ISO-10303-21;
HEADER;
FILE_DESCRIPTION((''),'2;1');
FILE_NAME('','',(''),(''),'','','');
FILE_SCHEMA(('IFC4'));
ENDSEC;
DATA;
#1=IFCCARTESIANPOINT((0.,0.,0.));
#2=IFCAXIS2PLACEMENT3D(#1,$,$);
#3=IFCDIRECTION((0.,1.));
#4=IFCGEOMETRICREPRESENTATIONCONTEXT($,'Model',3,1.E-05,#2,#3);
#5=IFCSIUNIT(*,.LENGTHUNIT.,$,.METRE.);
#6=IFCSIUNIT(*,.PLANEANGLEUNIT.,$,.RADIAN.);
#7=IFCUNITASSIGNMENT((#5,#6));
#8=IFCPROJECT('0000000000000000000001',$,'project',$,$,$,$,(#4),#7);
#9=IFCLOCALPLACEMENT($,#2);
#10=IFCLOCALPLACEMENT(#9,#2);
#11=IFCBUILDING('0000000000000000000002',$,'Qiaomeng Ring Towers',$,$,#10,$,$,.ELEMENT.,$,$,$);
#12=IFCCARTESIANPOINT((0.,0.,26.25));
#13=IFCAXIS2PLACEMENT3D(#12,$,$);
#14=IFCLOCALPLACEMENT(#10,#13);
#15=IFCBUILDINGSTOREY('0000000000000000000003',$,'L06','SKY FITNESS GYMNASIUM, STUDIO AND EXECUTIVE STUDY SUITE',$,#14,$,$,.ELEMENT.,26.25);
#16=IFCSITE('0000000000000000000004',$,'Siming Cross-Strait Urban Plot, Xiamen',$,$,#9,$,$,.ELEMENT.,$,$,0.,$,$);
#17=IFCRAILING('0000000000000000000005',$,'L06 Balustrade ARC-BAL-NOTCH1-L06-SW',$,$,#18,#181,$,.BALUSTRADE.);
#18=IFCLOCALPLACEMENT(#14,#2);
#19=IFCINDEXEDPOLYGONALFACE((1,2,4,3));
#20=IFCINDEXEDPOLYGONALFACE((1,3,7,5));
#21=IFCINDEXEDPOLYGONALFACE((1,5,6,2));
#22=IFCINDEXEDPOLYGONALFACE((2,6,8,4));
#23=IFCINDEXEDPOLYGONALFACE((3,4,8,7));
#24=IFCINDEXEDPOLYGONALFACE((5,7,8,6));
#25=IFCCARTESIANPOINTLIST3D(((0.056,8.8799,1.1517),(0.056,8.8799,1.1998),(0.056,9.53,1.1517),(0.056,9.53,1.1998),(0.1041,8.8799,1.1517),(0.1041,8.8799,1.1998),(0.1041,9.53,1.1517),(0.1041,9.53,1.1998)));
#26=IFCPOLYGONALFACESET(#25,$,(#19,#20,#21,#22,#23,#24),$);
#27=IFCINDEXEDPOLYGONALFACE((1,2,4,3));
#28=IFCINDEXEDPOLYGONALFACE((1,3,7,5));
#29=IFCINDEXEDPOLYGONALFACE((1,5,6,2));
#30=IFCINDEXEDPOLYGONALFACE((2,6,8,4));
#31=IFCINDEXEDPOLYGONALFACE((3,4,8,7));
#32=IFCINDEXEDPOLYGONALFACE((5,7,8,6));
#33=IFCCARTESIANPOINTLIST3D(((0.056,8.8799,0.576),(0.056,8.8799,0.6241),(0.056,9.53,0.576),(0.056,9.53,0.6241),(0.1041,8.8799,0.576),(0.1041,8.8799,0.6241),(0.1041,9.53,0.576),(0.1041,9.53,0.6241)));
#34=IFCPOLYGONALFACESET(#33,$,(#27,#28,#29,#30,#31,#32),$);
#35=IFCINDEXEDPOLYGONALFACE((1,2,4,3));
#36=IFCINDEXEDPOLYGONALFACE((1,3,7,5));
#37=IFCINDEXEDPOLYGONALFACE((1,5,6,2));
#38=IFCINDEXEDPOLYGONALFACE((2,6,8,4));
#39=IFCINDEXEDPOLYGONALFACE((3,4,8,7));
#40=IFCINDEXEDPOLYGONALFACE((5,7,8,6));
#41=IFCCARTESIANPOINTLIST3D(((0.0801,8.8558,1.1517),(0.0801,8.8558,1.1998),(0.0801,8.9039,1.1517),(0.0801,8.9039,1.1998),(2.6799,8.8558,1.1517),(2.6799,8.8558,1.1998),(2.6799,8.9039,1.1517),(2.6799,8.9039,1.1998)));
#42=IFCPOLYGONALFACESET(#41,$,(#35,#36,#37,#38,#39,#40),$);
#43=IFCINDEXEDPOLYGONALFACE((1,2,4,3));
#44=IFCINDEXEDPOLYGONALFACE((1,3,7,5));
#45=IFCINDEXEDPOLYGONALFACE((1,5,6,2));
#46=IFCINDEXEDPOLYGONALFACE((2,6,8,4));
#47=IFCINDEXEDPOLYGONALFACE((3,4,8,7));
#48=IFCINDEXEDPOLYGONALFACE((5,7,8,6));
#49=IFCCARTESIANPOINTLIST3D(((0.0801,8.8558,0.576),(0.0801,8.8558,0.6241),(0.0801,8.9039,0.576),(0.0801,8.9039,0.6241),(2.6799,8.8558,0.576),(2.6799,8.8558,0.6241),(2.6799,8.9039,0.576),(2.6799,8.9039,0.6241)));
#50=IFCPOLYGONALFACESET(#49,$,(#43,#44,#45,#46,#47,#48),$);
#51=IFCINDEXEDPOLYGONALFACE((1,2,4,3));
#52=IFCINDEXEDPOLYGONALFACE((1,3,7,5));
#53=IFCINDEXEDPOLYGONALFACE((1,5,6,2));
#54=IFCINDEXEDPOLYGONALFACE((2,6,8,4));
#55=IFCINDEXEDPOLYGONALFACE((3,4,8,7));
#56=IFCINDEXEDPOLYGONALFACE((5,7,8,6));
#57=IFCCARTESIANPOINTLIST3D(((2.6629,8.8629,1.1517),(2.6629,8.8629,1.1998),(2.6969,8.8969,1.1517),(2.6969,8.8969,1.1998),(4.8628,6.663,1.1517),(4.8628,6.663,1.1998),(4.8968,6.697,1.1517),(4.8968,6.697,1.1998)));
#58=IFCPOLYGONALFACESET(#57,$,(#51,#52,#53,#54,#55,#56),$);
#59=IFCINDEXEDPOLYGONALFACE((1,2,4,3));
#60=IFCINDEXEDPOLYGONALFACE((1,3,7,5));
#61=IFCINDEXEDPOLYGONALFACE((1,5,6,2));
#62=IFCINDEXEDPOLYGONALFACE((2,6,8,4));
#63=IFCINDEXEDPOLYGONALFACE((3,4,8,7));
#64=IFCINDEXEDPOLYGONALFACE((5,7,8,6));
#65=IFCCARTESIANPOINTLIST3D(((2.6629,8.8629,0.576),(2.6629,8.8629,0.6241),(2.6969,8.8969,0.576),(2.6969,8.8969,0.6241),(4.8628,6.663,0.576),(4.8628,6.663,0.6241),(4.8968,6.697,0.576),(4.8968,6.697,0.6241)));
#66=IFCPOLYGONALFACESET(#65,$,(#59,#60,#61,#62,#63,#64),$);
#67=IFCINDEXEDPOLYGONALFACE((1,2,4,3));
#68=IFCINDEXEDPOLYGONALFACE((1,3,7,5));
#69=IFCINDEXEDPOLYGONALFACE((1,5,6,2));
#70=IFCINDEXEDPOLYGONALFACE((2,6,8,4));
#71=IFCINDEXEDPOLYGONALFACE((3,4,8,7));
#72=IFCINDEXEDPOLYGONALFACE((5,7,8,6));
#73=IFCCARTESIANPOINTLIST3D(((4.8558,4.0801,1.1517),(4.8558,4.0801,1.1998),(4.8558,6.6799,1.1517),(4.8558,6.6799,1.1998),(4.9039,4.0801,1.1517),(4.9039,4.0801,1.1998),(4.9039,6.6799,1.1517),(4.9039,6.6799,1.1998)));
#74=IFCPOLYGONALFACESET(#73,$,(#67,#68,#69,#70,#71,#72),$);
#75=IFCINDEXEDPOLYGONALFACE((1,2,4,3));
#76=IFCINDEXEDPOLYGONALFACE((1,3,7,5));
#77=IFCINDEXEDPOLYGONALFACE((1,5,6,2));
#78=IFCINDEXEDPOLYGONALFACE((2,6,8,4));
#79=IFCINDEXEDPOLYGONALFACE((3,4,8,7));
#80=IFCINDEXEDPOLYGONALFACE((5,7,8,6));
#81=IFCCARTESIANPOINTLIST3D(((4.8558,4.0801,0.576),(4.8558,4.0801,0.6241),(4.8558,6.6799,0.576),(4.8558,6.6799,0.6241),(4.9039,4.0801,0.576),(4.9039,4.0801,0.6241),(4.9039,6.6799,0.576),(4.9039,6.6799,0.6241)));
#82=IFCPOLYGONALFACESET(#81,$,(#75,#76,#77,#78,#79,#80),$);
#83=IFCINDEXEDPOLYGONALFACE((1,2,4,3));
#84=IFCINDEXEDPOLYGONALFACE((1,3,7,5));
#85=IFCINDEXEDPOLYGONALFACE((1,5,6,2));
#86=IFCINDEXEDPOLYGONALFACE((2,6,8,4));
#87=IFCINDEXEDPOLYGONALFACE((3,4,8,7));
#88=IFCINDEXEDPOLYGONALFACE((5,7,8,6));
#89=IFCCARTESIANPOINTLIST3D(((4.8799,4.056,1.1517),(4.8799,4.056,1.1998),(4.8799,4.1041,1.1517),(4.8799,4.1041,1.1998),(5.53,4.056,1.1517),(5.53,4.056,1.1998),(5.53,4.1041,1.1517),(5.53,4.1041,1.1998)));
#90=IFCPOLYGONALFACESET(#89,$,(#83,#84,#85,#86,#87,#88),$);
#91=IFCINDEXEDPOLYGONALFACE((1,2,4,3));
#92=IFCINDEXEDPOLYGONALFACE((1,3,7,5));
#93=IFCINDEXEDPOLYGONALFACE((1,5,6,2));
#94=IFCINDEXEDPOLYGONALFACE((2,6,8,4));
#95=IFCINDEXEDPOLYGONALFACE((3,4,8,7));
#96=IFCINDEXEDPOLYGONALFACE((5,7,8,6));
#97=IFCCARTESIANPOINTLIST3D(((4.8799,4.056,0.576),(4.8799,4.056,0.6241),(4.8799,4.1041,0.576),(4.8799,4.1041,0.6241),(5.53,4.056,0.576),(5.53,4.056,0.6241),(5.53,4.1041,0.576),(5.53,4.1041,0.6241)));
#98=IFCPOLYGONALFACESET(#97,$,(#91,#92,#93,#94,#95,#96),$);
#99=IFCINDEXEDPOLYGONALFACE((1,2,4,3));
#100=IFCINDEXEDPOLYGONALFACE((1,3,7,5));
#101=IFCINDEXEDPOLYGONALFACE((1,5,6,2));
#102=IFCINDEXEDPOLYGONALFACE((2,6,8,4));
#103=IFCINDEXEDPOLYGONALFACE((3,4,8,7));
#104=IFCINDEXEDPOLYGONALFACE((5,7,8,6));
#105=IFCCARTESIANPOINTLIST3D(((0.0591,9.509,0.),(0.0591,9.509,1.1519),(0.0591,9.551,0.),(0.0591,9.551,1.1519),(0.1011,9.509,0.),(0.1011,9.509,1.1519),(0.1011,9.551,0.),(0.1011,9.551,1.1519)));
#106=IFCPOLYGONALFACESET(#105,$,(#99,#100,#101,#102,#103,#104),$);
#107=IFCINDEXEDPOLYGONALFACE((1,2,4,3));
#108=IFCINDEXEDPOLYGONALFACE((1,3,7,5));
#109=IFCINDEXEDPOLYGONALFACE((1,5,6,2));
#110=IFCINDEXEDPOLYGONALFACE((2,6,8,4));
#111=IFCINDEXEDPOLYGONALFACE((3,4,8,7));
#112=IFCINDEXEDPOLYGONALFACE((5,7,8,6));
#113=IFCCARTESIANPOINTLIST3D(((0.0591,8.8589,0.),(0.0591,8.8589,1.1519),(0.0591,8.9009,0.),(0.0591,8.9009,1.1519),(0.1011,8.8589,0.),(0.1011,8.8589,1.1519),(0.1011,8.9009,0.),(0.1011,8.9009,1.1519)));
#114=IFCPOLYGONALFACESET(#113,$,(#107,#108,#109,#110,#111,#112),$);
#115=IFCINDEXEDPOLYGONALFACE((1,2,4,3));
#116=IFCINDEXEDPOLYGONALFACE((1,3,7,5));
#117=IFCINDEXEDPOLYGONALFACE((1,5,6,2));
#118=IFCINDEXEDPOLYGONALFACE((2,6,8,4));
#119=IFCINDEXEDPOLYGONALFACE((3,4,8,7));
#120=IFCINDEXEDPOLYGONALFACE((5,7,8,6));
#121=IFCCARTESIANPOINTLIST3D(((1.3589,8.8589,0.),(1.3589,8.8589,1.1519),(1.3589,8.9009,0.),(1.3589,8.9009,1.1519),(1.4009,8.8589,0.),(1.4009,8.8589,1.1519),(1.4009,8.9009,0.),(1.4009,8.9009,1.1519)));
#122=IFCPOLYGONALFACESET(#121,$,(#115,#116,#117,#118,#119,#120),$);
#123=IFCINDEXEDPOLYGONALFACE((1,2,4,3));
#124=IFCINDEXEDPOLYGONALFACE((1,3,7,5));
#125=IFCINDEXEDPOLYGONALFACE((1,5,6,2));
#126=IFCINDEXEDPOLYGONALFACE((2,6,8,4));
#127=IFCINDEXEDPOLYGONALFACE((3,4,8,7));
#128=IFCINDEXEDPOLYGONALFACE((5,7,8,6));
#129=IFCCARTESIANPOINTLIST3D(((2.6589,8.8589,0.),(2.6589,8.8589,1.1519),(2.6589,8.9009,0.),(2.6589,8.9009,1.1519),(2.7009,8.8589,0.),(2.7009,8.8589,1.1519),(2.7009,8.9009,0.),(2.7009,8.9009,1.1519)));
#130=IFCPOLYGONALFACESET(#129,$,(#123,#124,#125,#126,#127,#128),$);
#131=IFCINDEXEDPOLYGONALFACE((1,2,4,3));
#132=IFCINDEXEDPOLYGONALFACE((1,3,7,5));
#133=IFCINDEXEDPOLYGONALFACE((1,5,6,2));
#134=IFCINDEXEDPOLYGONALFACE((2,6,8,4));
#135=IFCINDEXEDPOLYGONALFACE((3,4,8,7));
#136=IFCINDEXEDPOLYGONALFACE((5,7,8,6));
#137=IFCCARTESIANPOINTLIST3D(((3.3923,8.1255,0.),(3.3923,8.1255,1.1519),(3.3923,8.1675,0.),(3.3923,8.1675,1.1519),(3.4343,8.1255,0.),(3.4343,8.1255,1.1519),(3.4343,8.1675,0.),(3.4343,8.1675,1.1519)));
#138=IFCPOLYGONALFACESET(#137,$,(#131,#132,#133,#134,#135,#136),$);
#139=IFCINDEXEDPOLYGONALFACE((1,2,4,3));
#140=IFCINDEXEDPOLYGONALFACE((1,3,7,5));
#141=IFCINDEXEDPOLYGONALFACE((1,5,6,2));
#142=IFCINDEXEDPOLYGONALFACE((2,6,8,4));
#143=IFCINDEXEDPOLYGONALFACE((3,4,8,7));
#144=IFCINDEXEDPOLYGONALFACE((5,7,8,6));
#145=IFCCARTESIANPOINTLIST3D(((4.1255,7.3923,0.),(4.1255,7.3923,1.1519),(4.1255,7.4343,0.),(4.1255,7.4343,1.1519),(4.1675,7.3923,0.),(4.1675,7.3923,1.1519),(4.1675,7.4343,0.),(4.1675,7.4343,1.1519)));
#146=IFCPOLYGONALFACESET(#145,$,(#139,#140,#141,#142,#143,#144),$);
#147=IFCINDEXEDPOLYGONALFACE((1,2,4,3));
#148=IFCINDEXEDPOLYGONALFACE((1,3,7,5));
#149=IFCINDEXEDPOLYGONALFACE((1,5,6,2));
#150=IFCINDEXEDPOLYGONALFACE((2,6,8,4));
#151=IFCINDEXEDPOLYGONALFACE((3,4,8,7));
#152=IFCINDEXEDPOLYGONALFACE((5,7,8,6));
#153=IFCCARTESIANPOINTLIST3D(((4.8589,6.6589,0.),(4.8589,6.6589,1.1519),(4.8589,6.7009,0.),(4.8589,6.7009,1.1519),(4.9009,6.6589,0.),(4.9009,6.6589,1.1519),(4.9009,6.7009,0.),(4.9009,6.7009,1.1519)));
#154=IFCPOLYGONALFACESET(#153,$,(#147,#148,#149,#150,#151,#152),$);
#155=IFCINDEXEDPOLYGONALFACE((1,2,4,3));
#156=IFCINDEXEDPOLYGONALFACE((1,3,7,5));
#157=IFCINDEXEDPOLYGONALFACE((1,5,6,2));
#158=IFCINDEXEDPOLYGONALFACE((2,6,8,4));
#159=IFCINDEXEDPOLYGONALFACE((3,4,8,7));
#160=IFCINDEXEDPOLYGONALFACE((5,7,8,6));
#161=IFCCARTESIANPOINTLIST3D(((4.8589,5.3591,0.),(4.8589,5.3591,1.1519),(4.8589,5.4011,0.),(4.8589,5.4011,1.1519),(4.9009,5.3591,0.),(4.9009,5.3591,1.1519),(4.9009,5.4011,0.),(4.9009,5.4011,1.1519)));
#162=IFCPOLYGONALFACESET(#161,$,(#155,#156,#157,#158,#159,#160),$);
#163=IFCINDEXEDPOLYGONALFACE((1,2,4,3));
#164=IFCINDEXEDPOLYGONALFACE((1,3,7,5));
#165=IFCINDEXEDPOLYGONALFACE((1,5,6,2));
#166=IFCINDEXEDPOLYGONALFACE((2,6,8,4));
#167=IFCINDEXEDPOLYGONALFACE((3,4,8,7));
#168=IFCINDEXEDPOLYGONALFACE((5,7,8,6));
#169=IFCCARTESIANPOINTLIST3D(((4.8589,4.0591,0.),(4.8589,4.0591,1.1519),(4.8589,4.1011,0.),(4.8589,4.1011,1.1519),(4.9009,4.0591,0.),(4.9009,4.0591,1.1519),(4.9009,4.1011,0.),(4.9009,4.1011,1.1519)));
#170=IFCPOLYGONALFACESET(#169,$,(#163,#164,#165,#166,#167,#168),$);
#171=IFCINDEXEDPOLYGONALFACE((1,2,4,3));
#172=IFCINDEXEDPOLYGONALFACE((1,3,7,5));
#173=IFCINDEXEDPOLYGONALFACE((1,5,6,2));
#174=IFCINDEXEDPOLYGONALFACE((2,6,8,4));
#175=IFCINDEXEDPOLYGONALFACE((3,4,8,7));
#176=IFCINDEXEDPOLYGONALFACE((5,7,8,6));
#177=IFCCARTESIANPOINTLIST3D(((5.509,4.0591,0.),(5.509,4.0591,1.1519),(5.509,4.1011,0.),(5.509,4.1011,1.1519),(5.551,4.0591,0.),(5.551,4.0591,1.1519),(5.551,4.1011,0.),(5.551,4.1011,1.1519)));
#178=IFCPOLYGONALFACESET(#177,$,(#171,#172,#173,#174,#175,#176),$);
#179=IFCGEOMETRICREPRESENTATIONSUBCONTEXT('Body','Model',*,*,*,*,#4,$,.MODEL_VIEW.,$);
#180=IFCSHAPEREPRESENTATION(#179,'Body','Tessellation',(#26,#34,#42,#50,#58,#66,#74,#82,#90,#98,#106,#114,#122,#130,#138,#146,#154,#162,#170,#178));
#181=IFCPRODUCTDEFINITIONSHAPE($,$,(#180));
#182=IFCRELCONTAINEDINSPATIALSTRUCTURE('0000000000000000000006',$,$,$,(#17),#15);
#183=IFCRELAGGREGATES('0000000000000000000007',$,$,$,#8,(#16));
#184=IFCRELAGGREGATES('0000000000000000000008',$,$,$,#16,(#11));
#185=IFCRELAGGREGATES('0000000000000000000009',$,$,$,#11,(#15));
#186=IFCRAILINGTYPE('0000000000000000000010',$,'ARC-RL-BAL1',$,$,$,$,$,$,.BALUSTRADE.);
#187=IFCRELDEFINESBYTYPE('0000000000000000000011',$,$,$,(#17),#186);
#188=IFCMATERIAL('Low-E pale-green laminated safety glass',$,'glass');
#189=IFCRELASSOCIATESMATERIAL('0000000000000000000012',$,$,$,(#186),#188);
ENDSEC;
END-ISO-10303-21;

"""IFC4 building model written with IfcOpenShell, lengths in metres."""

from ifc_helpers import new_model, si_unit, direction, frame, origin, origin_2d, place, context, subcontext, project, spatial, rectangle, extrude, material, type_object, element, save


model = new_model("IFC4")

# Units and contexts
model_context = context("Model", 3, precision=1e-05, world=origin(), true_north=direction((0.0, 1.0)))
body_context = subcontext(model_context, "Body", "Model", "MODEL_VIEW")
ifc_project = project(units=[si_unit("LENGTHUNIT", "METRE"), si_unit("PLANEANGLEUNIT", "RADIAN")], contexts=[model_context])

# Site, building, storey
site_placement = place(None, origin())
site = spatial("IfcSite", under=ifc_project, at=site_placement, Name="Siming Cross-Strait Urban Plot, Xiamen", CompositionType="ELEMENT", RefElevation=0.0)
building_placement = place(site_placement, origin())
building = spatial("IfcBuilding", under=site, at=building_placement, Name="Qiaomeng Ring Towers", CompositionType="ELEMENT")
storey_placement = place(building_placement, frame((0.0, 0.0, 26.25)))
storey = spatial("IfcBuildingStorey", under=building, at=storey_placement, Name="L06", Description="SKY FITNESS GYMNASIUM, STUDIO AND EXECUTIVE STUDY SUITE", CompositionType="ELEMENT", Elevation=26.25)

# Railing
ifc_material_1 = material(Name="Low-E pale-green laminated safety glass", Category="glass")
railing_type = type_object("IfcRailingType", Name="ARC-RL-BAL1", PredefinedType="BALUSTRADE", material=ifc_material_1)
railing_1_placement = place(storey_placement, frame((0.0801, 9.53, 0.0)))
element("IfcRailing", 1, at=railing_1_placement, inside=storey, type_object=railing_type, Name="L06 Balustrade ARC-BAL-NOTCH1-L06-SW", PredefinedType="BALUSTRADE", context=body_context, shape_type="SweptSolid", body=[
    extrude(rectangle(XDim=0.0481, YDim=0.0481, at=origin_2d()), frame((0.0, 0.0, 1.1758), z_axis=(0.0, -1.0, 0.0), x_axis=(1.0, 0.0, 0.0)), (0.0, 0.0, 1.0), 0.6501),
    extrude(rectangle(XDim=0.0481, YDim=0.0481, at=origin_2d()), frame((0.0, 0.0, 0.6001), z_axis=(0.0, -1.0, 0.0), x_axis=(1.0, 0.0, 0.0)), (0.0, 0.0, 1.0), 0.6501),
    extrude(rectangle(XDim=0.0481, YDim=0.0481, at=origin_2d()), frame((0.0, -0.6501, 1.1758), z_axis=(1.0, 0.0, 0.0), x_axis=(0.0, 1.0, 0.0)), (0.0, 0.0, 1.0), 2.5999),
    extrude(rectangle(XDim=0.0481, YDim=0.0481, at=origin_2d()), frame((0.0, -0.6501, 0.6001), z_axis=(1.0, 0.0, 0.0), x_axis=(0.0, 1.0, 0.0)), (0.0, 0.0, 1.0), 2.5999),
    extrude(rectangle(XDim=0.0481, YDim=0.0481, at=origin_2d()), frame((2.5999, -0.6501, 1.1758), z_axis=(0.707107, -0.707107, 0.0), x_axis=(0.707107, 0.707107, 0.0)), (0.0, 0.0, 1.0), 3.1111),
    extrude(rectangle(XDim=0.0481, YDim=0.0481, at=origin_2d()), frame((2.5999, -0.6501, 0.6001), z_axis=(0.707107, -0.707107, 0.0), x_axis=(0.707107, 0.707107, 0.0)), (0.0, 0.0, 1.0), 3.1111),
    extrude(rectangle(XDim=0.0481, YDim=0.0481, at=origin_2d()), frame((4.7998, -2.8501, 1.1758), z_axis=(0.0, -1.0, 0.0), x_axis=(1.0, 0.0, 0.0)), (0.0, 0.0, 1.0), 2.5999),
    extrude(rectangle(XDim=0.0481, YDim=0.0481, at=origin_2d()), frame((4.7998, -2.8501, 0.6001), z_axis=(0.0, -1.0, 0.0), x_axis=(1.0, 0.0, 0.0)), (0.0, 0.0, 1.0), 2.5999),
    extrude(rectangle(XDim=0.0481, YDim=0.0481, at=origin_2d()), frame((4.7998, -5.45, 1.1758), z_axis=(1.0, 0.0, 0.0), x_axis=(0.0, 1.0, 0.0)), (0.0, 0.0, 1.0), 0.6501),
    extrude(rectangle(XDim=0.0481, YDim=0.0481, at=origin_2d()), frame((4.7998, -5.45, 0.6001), z_axis=(1.0, 0.0, 0.0), x_axis=(0.0, 1.0, 0.0)), (0.0, 0.0, 1.0), 0.6501),
    extrude(rectangle(XDim=0.042, YDim=0.042, at=origin_2d()), origin(), (0.0, 0.0, 1.0), 1.1519),
    extrude(rectangle(XDim=0.042, YDim=0.042, at=origin_2d()), frame((0.0, -0.6501, 0.0)), (0.0, 0.0, 1.0), 1.1519),
    extrude(rectangle(XDim=0.042, YDim=0.042, at=origin_2d()), frame((1.2998, -0.6501, 0.0)), (0.0, 0.0, 1.0), 1.1519),
    extrude(rectangle(XDim=0.042, YDim=0.042, at=origin_2d()), frame((2.5999, -0.6501, 0.0)), (0.0, 0.0, 1.0), 1.1519),
    extrude(rectangle(XDim=0.042, YDim=0.042, at=origin_2d()), frame((3.3333, -1.3835, 0.0)), (0.0, 0.0, 1.0), 1.1519),
    extrude(rectangle(XDim=0.042, YDim=0.042, at=origin_2d()), frame((4.0664, -2.1167, 0.0)), (0.0, 0.0, 1.0), 1.1519),
    extrude(rectangle(XDim=0.042, YDim=0.042, at=origin_2d()), frame((4.7998, -2.8501, 0.0)), (0.0, 0.0, 1.0), 1.1519),
    extrude(rectangle(XDim=0.042, YDim=0.042, at=origin_2d()), frame((4.7998, -4.1499, 0.0)), (0.0, 0.0, 1.0), 1.1519),
    extrude(rectangle(XDim=0.042, YDim=0.042, at=origin_2d()), frame((4.7998, -5.45, 0.0)), (0.0, 0.0, 1.0), 1.1519),
    extrude(rectangle(XDim=0.042, YDim=0.042, at=origin_2d()), frame((5.45, -5.45, 0.0)), (0.0, 0.0, 1.0), 1.1519),
])

save(model, "model.ifc")
